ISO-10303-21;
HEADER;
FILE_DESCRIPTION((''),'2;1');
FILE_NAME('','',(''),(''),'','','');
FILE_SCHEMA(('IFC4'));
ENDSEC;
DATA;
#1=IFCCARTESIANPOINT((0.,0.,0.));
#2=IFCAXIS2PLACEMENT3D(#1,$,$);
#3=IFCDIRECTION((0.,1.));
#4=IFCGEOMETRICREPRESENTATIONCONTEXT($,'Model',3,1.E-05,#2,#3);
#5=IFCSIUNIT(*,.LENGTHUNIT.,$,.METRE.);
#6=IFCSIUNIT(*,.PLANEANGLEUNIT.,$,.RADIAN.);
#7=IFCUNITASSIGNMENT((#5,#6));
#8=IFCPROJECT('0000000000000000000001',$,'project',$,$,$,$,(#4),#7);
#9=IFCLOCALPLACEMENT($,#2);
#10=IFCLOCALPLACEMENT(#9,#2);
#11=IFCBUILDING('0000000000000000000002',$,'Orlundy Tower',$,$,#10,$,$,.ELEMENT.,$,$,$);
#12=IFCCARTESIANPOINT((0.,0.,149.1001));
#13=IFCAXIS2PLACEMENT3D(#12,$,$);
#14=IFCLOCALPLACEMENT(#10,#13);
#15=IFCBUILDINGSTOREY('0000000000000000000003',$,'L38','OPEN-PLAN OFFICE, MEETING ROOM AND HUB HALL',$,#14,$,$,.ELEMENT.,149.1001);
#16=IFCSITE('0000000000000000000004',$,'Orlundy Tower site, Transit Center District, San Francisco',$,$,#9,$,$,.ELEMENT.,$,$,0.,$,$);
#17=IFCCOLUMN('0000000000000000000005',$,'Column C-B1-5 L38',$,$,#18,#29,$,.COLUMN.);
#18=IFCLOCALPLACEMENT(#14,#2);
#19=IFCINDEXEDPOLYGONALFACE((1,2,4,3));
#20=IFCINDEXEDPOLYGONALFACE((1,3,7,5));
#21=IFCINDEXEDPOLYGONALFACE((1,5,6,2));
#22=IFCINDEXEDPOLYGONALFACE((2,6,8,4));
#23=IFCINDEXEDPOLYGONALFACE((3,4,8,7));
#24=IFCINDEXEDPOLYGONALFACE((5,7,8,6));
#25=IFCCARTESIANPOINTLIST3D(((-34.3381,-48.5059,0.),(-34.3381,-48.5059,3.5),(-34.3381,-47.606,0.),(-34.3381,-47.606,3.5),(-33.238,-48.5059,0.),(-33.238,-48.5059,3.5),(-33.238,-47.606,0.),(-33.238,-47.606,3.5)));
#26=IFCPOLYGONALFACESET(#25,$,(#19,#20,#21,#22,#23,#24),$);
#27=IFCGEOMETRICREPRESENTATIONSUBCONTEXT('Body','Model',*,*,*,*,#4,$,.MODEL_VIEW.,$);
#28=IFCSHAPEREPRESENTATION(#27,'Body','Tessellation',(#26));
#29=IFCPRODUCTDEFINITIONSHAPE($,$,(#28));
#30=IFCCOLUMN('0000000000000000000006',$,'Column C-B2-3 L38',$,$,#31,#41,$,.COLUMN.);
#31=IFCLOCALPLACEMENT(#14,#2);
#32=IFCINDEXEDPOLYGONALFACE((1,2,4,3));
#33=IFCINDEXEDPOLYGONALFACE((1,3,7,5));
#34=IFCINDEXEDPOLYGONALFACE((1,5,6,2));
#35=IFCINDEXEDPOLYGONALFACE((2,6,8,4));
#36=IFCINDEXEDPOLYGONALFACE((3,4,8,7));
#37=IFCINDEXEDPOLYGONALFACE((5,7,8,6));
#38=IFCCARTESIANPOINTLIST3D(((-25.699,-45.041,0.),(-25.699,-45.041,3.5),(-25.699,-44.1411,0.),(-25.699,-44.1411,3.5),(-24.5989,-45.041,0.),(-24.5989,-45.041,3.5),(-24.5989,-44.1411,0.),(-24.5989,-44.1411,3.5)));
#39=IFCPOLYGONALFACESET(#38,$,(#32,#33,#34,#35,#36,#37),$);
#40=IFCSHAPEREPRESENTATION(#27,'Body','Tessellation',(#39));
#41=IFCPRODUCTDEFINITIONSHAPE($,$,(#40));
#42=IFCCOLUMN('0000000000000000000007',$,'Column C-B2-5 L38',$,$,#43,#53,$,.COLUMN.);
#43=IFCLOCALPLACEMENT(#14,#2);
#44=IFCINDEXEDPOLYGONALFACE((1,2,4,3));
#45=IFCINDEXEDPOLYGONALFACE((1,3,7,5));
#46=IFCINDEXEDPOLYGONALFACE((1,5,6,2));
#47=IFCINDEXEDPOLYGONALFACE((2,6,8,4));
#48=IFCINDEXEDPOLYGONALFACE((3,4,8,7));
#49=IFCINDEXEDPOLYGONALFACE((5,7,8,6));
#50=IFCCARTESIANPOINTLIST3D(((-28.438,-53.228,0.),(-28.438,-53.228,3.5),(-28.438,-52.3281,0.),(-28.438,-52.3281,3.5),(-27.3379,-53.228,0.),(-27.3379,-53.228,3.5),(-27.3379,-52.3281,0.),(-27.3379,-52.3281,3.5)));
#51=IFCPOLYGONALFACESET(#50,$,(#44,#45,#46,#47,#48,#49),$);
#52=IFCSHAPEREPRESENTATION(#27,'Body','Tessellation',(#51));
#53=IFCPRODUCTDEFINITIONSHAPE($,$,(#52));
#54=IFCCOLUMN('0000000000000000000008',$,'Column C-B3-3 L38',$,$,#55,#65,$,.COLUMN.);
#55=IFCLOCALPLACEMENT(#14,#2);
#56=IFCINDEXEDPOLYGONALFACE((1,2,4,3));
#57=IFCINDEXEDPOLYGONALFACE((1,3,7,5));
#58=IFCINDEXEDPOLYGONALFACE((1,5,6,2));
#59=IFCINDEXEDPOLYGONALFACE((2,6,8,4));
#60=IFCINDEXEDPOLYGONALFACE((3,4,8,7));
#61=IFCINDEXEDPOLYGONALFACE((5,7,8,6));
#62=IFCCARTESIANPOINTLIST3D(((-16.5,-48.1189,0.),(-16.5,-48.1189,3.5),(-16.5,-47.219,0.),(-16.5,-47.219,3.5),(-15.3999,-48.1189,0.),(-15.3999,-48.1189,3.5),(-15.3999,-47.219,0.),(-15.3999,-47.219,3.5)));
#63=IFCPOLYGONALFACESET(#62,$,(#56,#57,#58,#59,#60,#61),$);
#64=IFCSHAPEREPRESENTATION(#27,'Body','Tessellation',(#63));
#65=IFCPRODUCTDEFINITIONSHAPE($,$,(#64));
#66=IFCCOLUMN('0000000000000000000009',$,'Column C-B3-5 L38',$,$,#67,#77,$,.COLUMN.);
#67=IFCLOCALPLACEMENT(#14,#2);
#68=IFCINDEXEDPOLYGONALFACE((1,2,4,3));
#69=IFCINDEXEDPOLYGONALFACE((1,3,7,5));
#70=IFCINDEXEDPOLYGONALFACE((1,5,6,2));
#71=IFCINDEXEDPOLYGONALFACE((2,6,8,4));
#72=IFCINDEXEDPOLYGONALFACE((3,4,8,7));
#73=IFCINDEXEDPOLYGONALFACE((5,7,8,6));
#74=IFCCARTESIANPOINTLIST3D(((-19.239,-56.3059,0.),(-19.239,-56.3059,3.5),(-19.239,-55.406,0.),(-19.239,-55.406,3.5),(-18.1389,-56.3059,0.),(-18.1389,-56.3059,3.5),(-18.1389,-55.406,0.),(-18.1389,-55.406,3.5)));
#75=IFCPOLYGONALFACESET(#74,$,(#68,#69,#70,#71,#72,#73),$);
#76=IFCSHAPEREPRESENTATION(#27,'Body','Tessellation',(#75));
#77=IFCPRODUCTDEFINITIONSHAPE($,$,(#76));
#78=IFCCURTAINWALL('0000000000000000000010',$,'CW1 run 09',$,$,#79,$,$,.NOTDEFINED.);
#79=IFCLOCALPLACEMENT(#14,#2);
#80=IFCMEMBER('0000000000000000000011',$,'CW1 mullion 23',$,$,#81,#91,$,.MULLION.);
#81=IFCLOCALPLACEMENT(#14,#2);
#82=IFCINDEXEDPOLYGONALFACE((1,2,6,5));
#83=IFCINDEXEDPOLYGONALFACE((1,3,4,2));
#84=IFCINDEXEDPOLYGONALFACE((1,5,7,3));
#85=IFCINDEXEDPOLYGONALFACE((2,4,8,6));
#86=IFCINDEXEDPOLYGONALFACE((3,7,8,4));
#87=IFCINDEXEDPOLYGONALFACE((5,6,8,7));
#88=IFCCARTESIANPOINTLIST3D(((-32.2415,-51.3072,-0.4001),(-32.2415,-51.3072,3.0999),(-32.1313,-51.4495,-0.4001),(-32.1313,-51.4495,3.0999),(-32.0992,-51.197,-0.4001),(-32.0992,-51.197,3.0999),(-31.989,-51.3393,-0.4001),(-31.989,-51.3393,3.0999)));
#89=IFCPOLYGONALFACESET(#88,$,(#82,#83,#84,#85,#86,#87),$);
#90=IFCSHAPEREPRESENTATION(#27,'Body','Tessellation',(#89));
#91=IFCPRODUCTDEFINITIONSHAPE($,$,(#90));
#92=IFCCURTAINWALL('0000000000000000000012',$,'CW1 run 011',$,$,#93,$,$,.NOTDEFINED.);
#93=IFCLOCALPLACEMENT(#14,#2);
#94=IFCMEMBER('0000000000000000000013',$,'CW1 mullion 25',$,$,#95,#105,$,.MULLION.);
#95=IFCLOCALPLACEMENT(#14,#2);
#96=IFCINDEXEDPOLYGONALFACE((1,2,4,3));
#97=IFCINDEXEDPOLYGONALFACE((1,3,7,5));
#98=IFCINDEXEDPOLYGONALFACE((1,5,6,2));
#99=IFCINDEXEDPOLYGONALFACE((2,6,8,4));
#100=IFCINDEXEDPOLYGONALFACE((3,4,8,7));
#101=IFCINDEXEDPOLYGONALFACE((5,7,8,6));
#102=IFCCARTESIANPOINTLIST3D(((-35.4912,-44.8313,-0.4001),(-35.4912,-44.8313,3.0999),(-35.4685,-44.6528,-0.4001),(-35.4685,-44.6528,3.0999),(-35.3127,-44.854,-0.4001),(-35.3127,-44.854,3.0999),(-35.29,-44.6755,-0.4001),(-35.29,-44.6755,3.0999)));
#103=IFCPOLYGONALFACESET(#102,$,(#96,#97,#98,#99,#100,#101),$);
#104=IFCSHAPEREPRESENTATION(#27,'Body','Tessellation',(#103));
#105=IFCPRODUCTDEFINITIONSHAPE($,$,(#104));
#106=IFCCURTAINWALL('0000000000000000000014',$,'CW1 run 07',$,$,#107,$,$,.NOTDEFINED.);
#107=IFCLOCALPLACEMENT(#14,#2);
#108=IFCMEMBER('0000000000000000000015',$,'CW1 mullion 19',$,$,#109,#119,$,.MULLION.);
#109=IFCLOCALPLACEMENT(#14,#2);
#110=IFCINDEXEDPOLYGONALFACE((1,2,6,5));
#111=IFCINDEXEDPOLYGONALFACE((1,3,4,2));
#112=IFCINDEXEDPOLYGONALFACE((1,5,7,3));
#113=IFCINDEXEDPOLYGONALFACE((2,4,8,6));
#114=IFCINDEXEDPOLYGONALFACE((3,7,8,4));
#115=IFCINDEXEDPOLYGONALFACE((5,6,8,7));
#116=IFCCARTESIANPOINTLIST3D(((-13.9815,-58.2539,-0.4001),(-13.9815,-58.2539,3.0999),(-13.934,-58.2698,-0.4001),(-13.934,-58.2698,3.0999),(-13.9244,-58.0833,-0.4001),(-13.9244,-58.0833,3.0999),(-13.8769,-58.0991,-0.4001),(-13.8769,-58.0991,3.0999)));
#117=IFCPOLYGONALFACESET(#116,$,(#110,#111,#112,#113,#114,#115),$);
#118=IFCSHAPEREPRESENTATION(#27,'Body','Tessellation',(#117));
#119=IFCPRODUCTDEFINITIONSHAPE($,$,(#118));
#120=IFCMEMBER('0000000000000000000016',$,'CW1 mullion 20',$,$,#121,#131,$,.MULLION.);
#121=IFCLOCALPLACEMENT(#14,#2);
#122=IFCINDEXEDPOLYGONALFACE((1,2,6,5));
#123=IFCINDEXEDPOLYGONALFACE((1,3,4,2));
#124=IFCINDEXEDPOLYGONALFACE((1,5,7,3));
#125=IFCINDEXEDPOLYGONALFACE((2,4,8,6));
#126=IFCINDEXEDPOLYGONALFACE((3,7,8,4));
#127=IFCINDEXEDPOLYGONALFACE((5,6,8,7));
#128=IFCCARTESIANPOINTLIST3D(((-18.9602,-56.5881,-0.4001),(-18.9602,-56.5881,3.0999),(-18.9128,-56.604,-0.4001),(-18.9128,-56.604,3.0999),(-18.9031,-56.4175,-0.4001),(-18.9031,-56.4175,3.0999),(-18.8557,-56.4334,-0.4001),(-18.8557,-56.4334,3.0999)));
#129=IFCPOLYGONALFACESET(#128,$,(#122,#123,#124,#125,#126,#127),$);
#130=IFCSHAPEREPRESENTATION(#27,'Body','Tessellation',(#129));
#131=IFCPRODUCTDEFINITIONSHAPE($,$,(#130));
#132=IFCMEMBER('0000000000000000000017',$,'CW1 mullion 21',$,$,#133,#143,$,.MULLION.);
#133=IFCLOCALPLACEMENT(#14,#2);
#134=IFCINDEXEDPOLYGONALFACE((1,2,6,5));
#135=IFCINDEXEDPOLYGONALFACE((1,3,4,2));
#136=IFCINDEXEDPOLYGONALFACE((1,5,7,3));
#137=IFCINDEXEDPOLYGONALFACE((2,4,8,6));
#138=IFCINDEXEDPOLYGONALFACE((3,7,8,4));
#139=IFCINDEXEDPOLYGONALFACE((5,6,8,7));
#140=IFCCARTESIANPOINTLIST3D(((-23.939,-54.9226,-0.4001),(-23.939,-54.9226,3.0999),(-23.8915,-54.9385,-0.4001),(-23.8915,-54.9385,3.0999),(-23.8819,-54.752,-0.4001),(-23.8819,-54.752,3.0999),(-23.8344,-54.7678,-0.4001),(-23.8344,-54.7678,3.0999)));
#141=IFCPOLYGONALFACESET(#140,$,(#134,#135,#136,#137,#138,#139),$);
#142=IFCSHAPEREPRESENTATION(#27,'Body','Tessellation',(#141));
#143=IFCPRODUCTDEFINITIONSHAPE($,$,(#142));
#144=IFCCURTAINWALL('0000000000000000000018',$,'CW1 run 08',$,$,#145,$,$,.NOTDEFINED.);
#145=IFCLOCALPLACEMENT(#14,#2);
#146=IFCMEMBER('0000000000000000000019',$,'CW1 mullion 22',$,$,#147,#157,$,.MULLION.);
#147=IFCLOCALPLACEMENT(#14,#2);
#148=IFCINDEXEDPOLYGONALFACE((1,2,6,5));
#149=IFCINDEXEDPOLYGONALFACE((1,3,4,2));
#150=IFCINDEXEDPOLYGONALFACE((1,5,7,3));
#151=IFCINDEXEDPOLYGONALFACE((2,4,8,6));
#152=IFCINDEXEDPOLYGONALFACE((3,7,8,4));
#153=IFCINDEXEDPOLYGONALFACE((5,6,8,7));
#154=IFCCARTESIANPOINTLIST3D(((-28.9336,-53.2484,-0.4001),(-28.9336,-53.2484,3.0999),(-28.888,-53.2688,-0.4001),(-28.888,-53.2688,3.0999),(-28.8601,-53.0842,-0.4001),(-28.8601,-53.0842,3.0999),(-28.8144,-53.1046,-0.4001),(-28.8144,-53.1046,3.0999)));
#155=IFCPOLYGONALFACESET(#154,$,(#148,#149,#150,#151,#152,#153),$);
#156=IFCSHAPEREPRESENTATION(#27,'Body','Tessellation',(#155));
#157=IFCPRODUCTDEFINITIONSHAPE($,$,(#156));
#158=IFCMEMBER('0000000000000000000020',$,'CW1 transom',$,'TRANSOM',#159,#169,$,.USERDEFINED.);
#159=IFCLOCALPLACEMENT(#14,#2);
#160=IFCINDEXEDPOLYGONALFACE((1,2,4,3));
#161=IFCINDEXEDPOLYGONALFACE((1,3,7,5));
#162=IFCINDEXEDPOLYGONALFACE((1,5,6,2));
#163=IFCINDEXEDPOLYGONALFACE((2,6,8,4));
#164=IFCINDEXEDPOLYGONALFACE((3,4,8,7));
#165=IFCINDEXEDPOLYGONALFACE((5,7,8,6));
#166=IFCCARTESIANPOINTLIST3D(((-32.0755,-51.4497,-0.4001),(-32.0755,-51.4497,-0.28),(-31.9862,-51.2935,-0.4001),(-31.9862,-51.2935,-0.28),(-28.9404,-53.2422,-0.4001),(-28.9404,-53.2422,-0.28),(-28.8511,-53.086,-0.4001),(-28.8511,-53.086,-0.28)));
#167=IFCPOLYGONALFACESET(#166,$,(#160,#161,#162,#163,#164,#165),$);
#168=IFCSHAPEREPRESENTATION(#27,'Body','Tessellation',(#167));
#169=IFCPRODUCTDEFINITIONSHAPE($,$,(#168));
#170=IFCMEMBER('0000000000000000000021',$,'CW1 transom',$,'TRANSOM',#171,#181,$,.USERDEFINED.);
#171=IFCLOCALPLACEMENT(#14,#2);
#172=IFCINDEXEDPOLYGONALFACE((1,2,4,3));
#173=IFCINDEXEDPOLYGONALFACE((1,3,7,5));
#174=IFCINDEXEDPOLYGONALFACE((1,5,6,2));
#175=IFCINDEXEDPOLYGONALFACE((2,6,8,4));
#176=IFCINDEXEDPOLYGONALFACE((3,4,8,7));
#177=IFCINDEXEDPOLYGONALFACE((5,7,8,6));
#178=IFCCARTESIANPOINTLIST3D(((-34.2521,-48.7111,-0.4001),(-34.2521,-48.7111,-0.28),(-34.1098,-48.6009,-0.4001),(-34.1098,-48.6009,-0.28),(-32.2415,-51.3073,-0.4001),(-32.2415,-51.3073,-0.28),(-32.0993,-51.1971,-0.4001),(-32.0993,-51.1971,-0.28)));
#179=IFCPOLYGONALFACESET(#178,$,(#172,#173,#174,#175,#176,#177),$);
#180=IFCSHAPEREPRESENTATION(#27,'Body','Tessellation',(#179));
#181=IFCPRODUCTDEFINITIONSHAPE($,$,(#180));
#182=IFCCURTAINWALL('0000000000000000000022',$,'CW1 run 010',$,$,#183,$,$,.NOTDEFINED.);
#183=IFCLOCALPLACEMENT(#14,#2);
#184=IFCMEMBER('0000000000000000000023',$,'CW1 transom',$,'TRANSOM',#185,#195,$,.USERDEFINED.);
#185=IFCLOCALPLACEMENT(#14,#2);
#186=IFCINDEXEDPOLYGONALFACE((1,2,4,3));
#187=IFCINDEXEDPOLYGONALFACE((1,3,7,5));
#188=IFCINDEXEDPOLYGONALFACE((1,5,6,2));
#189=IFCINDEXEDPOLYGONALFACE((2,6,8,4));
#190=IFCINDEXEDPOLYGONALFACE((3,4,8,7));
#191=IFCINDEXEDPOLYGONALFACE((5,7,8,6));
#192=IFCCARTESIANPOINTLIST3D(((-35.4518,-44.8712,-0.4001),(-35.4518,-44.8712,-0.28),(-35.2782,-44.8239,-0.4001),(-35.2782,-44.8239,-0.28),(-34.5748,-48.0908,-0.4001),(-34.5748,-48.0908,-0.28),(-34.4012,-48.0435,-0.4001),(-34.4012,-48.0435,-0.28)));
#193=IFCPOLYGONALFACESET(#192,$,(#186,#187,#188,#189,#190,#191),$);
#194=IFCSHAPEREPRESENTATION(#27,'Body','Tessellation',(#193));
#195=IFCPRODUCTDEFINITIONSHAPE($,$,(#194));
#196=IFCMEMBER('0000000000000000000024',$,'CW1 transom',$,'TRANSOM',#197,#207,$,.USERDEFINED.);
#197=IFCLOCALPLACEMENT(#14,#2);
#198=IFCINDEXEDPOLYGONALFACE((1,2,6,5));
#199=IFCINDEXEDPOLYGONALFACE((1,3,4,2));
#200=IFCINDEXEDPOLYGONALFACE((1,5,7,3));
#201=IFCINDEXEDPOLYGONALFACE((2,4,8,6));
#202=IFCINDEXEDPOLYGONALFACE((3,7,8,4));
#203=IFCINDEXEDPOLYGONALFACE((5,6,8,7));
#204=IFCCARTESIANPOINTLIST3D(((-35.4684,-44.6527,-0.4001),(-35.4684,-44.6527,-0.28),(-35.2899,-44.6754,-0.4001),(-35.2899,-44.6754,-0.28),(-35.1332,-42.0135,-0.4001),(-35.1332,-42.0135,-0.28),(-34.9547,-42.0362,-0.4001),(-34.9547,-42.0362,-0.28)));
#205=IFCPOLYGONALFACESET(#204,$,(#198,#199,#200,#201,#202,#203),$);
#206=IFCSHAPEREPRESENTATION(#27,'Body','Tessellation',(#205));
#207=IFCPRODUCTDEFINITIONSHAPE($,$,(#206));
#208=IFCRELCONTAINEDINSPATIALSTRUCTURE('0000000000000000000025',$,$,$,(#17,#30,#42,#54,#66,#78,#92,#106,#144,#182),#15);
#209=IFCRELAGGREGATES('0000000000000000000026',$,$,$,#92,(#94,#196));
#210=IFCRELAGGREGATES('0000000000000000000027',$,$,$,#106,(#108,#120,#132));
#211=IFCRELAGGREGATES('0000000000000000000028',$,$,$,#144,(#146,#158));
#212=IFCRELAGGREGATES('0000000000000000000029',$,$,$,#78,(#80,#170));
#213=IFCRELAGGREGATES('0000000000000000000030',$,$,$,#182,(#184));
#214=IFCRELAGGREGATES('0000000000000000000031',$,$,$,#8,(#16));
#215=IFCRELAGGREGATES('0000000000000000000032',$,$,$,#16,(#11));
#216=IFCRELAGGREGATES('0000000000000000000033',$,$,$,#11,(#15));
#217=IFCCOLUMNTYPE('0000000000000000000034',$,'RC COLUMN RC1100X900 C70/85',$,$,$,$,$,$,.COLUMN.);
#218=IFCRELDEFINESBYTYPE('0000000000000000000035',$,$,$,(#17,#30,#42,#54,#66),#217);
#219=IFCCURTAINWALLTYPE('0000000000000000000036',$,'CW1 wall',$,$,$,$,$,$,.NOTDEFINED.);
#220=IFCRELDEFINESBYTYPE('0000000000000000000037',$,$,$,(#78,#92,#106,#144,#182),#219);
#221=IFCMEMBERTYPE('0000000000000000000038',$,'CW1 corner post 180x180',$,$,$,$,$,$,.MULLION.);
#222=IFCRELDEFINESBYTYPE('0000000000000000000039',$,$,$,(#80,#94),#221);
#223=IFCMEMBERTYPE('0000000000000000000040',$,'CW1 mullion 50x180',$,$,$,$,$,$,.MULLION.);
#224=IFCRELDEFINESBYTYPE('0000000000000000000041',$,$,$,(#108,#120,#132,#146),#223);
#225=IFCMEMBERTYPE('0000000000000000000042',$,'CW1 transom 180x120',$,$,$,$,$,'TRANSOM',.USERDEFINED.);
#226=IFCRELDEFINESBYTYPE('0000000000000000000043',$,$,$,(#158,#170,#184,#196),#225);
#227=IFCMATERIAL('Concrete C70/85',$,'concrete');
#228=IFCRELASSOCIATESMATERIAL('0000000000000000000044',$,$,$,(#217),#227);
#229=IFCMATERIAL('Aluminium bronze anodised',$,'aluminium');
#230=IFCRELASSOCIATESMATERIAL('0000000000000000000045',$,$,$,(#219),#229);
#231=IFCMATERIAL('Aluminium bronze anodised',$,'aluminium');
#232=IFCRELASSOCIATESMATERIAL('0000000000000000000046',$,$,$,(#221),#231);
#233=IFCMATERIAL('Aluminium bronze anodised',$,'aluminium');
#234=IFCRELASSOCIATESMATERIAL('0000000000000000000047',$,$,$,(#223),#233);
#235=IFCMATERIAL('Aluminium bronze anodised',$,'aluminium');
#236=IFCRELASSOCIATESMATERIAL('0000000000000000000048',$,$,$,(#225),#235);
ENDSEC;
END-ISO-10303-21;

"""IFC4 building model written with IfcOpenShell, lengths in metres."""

from ifc_helpers import new_model, si_unit, direction, frame, origin, origin_2d, place, context, subcontext, project, spatial, rectangle, extrude, material, material_profile, profile_set, type_object, element, aggregate, save


model = new_model("IFC4")

# Units and contexts
model_context = context("Model", 3, precision=1e-05, world=origin(), true_north=direction((0.0, 1.0)))
body_context = subcontext(model_context, "Body", "Model", "MODEL_VIEW")
ifc_project = project(units=[si_unit("LENGTHUNIT", "METRE"), si_unit("PLANEANGLEUNIT", "RADIAN")], contexts=[model_context])

# Site, building, storey
site_placement = place(None, origin())
site = spatial("IfcSite", under=ifc_project, at=site_placement, Name="Orlundy Tower site, Transit Center District, San Francisco", CompositionType="ELEMENT", RefElevation=0.0)
building_placement = place(site_placement, origin())
building = spatial("IfcBuilding", under=site, at=building_placement, Name="Orlundy Tower", CompositionType="ELEMENT")
storey_placement = place(building_placement, frame((0.0, 0.0, 149.1001)))
storey = spatial("IfcBuildingStorey", under=building, at=storey_placement, Name="L38", Description="OPEN-PLAN OFFICE, MEETING ROOM AND HUB HALL", CompositionType="ELEMENT", Elevation=149.1001)

# Columns
ifc_material_1 = material(Name="Concrete C70/85", Category="concrete")
ifc_material_profile_1 = material_profile(ifc_material_1, rectangle(XDim=1.1001, YDim=0.8999, at=origin_2d()), Name="RC1100X900")
ifc_profile_set_1 = profile_set([ifc_material_profile_1], Name="Concrete C70/85")
column_type = type_object("IfcColumnType", Name="RC COLUMN RC1100X900 C70/85", PredefinedType="COLUMN", material=ifc_profile_set_1)
for number, where, z_axis, x_axis, name in (
    (1, (-33.7881, -48.0559, 0.0), (0.0, 0.0, 1.0), (1.0, 0.0, 0.0), "Column C-B1-5 L38"),
    (2, (-25.1489, -44.5911, 0.0), (0.0, 0.0, 1.0), (1.0, 0.0, 0.0), "Column C-B2-3 L38"),
    (3, (-27.8879, -52.7781, 0.0), (0.0, 0.0, 1.0), (1.0, 0.0, 0.0), "Column C-B2-5 L38"),
    (4, (-15.95, -47.6689, 0.0), (0.0, 0.0, 1.0), (1.0, 0.0, 0.0), "Column C-B3-3 L38"),
    (5, (-18.689, -55.856, 0.0), (0.0, 0.0, 1.0), (1.0, 0.0, 0.0), "Column C-B3-5 L38"),
):
    element("IfcColumn", number, at=place(storey_placement, frame(where, z_axis=z_axis, x_axis=x_axis)), inside=storey, type_object=column_type, Name=name, PredefinedType="COLUMN", context=body_context, shape_type="SweptSolid", body=[
        extrude(rectangle(XDim=1.1001, YDim=0.8999, at=origin_2d()), origin(), (0.0, 0.0, 1.0), 3.5),
    ])

# Curtain walls, members
ifc_material_2 = material(Name="Aluminium bronze anodised", Category="aluminium")
curtain_wall_type = type_object("IfcCurtainWallType", Name="CW1 wall", PredefinedType="NOTDEFINED", material=ifc_material_2)
curtain_wall_1_placement = place(storey_placement, origin())
curtain_wall_1 = element("IfcCurtainWall", 6, at=curtain_wall_1_placement, inside=storey, type_object=curtain_wall_type, Name="CW1 run 09", PredefinedType="NOTDEFINED")
ifc_material_3 = material(Name="Aluminium bronze anodised", Category="aluminium")
ifc_material_profile_2 = material_profile(ifc_material_3, rectangle(XDim=0.1799, YDim=0.1799, at=origin_2d()), Name="CW1 corner post 180x180")
ifc_profile_set_2 = profile_set([ifc_material_profile_2], Name="Aluminium bronze anodised")
member_type_1 = type_object("IfcMemberType", Name="CW1 corner post 180x180", PredefinedType="MULLION", material=ifc_profile_set_2)
member_1_placement = place(storey_placement, frame((-32.1152, -51.3232, -0.4001), z_axis=(0.0, 0.0, 1.0), x_axis=(-0.790614, -0.612315, 0.0)))
member_1 = element("IfcMember", 7, at=member_1_placement, type_object=member_type_1, Name="CW1 mullion 23", PredefinedType="MULLION", context=body_context, shape_type="SweptSolid", body=[
    extrude(rectangle(XDim=0.1799, YDim=0.1799, at=origin_2d()), origin(), (0.0, 0.0, 1.0), 3.5),
])
curtain_wall_2_placement = place(storey_placement, origin())
curtain_wall_2 = element("IfcCurtainWall", 8, at=curtain_wall_2_placement, inside=storey, type_object=curtain_wall_type, Name="CW1 run 011", PredefinedType="NOTDEFINED")
member_2_placement = place(storey_placement, frame((-35.3906, -44.7534, -0.4001), z_axis=(0.0, 0.0, 1.0), x_axis=(-0.992031, 0.125994, 0.0)))
member_2 = element("IfcMember", 9, at=member_2_placement, type_object=member_type_1, Name="CW1 mullion 25", PredefinedType="MULLION", context=body_context, shape_type="SweptSolid", body=[
    extrude(rectangle(XDim=0.1799, YDim=0.1799, at=origin_2d()), origin(), (0.0, 0.0, 1.0), 3.5),
])

# Curtain walls, members
curtain_wall_3_placement = place(storey_placement, origin())
curtain_wall_3 = element("IfcCurtainWall", 10, at=curtain_wall_3_placement, inside=storey, type_object=curtain_wall_type, Name="CW1 run 07", PredefinedType="NOTDEFINED")
ifc_material_4 = material(Name="Aluminium bronze anodised", Category="aluminium")
ifc_material_profile_3 = material_profile(ifc_material_4, rectangle(XDim=0.1799, YDim=0.05, at=origin_2d()), Name="CW1 mullion 50x180")
ifc_profile_set_3 = profile_set([ifc_material_profile_3], Name="Aluminium bronze anodised")
member_type_2 = type_object("IfcMemberType", Name="CW1 mullion 50x180", PredefinedType="MULLION", material=ifc_profile_set_3)
member_3_placement = place(storey_placement, frame((-13.9292, -58.1765, -0.4001), z_axis=(0.0, 0.0, 1.0), x_axis=(-0.317285, -0.94833, 0.0)))
member_3 = element("IfcMember", 11, at=member_3_placement, type_object=member_type_2, Name="CW1 mullion 19", PredefinedType="MULLION", context=body_context, shape_type="SweptSolid", body=[
    extrude(rectangle(XDim=0.1799, YDim=0.05, at=origin_2d()), origin(), (0.0, 0.0, 1.0), 3.5),
])
member_4_placement = place(storey_placement, frame((-18.908, -56.5107, -0.4001), z_axis=(0.0, 0.0, 1.0), x_axis=(-0.317285, -0.94833, 0.0)))
member_4 = element("IfcMember", 12, at=member_4_placement, type_object=member_type_2, Name="CW1 mullion 20", PredefinedType="MULLION", context=body_context, shape_type="SweptSolid", body=[
    extrude(rectangle(XDim=0.1799, YDim=0.05, at=origin_2d()), origin(), (0.0, 0.0, 1.0), 3.5),
])
member_5_placement = place(storey_placement, frame((-23.8867, -54.8452, -0.4001), z_axis=(0.0, 0.0, 1.0), x_axis=(-0.317285, -0.94833, 0.0)))
member_5 = element("IfcMember", 13, at=member_5_placement, type_object=member_type_2, Name="CW1 mullion 21", PredefinedType="MULLION", context=body_context, shape_type="SweptSolid", body=[
    extrude(rectangle(XDim=0.1799, YDim=0.05, at=origin_2d()), origin(), (0.0, 0.0, 1.0), 3.5),
])
curtain_wall_4_placement = place(storey_placement, origin())
curtain_wall_4 = element("IfcCurtainWall", 14, at=curtain_wall_4_placement, inside=storey, type_object=curtain_wall_type, Name="CW1 run 08", PredefinedType="NOTDEFINED")
member_6_placement = place(storey_placement, frame((-28.874, -53.1765, -0.4001), z_axis=(0.0, 0.0, 1.0), x_axis=(-0.408801, -0.912624, 0.0)))
member_6 = element("IfcMember", 15, at=member_6_placement, type_object=member_type_2, Name="CW1 mullion 22", PredefinedType="MULLION", context=body_context, shape_type="SweptSolid", body=[
    extrude(rectangle(XDim=0.1799, YDim=0.05, at=origin_2d()), origin(), (0.0, 0.0, 1.0), 3.5),
])
ifc_material_5 = material(Name="Aluminium bronze anodised", Category="aluminium")
ifc_material_profile_4 = material_profile(ifc_material_5, rectangle(XDim=0.1799, YDim=0.1201, at=origin_2d()), Name="CW1 transom 180x120")
ifc_profile_set_4 = profile_set([ifc_material_profile_4], Name="Aluminium bronze anodised")
member_type_3 = type_object("IfcMemberType", Name="CW1 transom 180x120", ElementType="TRANSOM", PredefinedType="USERDEFINED", material=ifc_profile_set_4)
member_7_placement = place(storey_placement, frame((-28.8958, -53.1641, -0.3401), z_axis=(-0.868118, 0.496357, 0.0), x_axis=(-0.496357, -0.868118, 0.0)))
member_7 = element("IfcMember", 16, at=member_7_placement, type_object=member_type_3, Name="CW1 transom", ObjectType="TRANSOM", PredefinedType="USERDEFINED", context=body_context, shape_type="SweptSolid", body=[
    extrude(rectangle(XDim=0.1799, YDim=0.1201, at=origin_2d()), origin(), (0.0, 0.0, 1.0), 3.6113),
])

# Member
member_8_placement = place(storey_placement, frame((-32.1704, -51.2522, -0.3401), z_axis=(-0.612277, 0.790644, 0.0), x_axis=(-0.790644, -0.612277, 0.0)))
member_8 = element("IfcMember", 17, at=member_8_placement, type_object=member_type_3, Name="CW1 transom", ObjectType="TRANSOM", PredefinedType="USERDEFINED", context=body_context, shape_type="SweptSolid", body=[
    extrude(rectangle(XDim=0.1799, YDim=0.1201, at=origin_2d()), origin(), (0.0, 0.0, 1.0), 3.2837),
])

# Curtain wall, member
curtain_wall_5_placement = place(storey_placement, origin())
curtain_wall_5 = element("IfcCurtainWall", 18, at=curtain_wall_5_placement, inside=storey, type_object=curtain_wall_type, Name="CW1 run 010", PredefinedType="NOTDEFINED")
member_9_placement = place(storey_placement, frame((-34.488, -48.0671, -0.3401), z_axis=(-0.262795, 0.964852, 0.0), x_axis=(-0.964852, -0.262795, 0.0)))
member_9 = element("IfcMember", 19, at=member_9_placement, type_object=member_type_3, Name="CW1 transom", ObjectType="TRANSOM", PredefinedType="USERDEFINED", context=body_context, shape_type="SweptSolid", body=[
    extrude(rectangle(XDim=0.1799, YDim=0.1201, at=origin_2d()), origin(), (0.0, 0.0, 1.0), 3.3369),
])

# Member
member_10_placement = place(storey_placement, frame((-35.3792, -44.6641, -0.3401), z_axis=(0.126, 0.99203, 0.0), x_axis=(-0.99203, 0.126, 0.0)))
member_10 = element("IfcMember", 20, at=member_10_placement, type_object=member_type_3, Name="CW1 transom", ObjectType="TRANSOM", PredefinedType="USERDEFINED", context=body_context, shape_type="SweptSolid", body=[
    extrude(rectangle(XDim=0.1799, YDim=0.1201, at=origin_2d()), origin(), (0.0, 0.0, 1.0), 2.6604),
])
aggregate(curtain_wall_2, [member_2, member_10])

aggregate(curtain_wall_3, [member_3, member_4, member_5])
aggregate(curtain_wall_4, [member_6, member_7])
aggregate(curtain_wall_1, [member_1, member_8])
aggregate(curtain_wall_5, [member_9])

save(model, "model.ifc")
